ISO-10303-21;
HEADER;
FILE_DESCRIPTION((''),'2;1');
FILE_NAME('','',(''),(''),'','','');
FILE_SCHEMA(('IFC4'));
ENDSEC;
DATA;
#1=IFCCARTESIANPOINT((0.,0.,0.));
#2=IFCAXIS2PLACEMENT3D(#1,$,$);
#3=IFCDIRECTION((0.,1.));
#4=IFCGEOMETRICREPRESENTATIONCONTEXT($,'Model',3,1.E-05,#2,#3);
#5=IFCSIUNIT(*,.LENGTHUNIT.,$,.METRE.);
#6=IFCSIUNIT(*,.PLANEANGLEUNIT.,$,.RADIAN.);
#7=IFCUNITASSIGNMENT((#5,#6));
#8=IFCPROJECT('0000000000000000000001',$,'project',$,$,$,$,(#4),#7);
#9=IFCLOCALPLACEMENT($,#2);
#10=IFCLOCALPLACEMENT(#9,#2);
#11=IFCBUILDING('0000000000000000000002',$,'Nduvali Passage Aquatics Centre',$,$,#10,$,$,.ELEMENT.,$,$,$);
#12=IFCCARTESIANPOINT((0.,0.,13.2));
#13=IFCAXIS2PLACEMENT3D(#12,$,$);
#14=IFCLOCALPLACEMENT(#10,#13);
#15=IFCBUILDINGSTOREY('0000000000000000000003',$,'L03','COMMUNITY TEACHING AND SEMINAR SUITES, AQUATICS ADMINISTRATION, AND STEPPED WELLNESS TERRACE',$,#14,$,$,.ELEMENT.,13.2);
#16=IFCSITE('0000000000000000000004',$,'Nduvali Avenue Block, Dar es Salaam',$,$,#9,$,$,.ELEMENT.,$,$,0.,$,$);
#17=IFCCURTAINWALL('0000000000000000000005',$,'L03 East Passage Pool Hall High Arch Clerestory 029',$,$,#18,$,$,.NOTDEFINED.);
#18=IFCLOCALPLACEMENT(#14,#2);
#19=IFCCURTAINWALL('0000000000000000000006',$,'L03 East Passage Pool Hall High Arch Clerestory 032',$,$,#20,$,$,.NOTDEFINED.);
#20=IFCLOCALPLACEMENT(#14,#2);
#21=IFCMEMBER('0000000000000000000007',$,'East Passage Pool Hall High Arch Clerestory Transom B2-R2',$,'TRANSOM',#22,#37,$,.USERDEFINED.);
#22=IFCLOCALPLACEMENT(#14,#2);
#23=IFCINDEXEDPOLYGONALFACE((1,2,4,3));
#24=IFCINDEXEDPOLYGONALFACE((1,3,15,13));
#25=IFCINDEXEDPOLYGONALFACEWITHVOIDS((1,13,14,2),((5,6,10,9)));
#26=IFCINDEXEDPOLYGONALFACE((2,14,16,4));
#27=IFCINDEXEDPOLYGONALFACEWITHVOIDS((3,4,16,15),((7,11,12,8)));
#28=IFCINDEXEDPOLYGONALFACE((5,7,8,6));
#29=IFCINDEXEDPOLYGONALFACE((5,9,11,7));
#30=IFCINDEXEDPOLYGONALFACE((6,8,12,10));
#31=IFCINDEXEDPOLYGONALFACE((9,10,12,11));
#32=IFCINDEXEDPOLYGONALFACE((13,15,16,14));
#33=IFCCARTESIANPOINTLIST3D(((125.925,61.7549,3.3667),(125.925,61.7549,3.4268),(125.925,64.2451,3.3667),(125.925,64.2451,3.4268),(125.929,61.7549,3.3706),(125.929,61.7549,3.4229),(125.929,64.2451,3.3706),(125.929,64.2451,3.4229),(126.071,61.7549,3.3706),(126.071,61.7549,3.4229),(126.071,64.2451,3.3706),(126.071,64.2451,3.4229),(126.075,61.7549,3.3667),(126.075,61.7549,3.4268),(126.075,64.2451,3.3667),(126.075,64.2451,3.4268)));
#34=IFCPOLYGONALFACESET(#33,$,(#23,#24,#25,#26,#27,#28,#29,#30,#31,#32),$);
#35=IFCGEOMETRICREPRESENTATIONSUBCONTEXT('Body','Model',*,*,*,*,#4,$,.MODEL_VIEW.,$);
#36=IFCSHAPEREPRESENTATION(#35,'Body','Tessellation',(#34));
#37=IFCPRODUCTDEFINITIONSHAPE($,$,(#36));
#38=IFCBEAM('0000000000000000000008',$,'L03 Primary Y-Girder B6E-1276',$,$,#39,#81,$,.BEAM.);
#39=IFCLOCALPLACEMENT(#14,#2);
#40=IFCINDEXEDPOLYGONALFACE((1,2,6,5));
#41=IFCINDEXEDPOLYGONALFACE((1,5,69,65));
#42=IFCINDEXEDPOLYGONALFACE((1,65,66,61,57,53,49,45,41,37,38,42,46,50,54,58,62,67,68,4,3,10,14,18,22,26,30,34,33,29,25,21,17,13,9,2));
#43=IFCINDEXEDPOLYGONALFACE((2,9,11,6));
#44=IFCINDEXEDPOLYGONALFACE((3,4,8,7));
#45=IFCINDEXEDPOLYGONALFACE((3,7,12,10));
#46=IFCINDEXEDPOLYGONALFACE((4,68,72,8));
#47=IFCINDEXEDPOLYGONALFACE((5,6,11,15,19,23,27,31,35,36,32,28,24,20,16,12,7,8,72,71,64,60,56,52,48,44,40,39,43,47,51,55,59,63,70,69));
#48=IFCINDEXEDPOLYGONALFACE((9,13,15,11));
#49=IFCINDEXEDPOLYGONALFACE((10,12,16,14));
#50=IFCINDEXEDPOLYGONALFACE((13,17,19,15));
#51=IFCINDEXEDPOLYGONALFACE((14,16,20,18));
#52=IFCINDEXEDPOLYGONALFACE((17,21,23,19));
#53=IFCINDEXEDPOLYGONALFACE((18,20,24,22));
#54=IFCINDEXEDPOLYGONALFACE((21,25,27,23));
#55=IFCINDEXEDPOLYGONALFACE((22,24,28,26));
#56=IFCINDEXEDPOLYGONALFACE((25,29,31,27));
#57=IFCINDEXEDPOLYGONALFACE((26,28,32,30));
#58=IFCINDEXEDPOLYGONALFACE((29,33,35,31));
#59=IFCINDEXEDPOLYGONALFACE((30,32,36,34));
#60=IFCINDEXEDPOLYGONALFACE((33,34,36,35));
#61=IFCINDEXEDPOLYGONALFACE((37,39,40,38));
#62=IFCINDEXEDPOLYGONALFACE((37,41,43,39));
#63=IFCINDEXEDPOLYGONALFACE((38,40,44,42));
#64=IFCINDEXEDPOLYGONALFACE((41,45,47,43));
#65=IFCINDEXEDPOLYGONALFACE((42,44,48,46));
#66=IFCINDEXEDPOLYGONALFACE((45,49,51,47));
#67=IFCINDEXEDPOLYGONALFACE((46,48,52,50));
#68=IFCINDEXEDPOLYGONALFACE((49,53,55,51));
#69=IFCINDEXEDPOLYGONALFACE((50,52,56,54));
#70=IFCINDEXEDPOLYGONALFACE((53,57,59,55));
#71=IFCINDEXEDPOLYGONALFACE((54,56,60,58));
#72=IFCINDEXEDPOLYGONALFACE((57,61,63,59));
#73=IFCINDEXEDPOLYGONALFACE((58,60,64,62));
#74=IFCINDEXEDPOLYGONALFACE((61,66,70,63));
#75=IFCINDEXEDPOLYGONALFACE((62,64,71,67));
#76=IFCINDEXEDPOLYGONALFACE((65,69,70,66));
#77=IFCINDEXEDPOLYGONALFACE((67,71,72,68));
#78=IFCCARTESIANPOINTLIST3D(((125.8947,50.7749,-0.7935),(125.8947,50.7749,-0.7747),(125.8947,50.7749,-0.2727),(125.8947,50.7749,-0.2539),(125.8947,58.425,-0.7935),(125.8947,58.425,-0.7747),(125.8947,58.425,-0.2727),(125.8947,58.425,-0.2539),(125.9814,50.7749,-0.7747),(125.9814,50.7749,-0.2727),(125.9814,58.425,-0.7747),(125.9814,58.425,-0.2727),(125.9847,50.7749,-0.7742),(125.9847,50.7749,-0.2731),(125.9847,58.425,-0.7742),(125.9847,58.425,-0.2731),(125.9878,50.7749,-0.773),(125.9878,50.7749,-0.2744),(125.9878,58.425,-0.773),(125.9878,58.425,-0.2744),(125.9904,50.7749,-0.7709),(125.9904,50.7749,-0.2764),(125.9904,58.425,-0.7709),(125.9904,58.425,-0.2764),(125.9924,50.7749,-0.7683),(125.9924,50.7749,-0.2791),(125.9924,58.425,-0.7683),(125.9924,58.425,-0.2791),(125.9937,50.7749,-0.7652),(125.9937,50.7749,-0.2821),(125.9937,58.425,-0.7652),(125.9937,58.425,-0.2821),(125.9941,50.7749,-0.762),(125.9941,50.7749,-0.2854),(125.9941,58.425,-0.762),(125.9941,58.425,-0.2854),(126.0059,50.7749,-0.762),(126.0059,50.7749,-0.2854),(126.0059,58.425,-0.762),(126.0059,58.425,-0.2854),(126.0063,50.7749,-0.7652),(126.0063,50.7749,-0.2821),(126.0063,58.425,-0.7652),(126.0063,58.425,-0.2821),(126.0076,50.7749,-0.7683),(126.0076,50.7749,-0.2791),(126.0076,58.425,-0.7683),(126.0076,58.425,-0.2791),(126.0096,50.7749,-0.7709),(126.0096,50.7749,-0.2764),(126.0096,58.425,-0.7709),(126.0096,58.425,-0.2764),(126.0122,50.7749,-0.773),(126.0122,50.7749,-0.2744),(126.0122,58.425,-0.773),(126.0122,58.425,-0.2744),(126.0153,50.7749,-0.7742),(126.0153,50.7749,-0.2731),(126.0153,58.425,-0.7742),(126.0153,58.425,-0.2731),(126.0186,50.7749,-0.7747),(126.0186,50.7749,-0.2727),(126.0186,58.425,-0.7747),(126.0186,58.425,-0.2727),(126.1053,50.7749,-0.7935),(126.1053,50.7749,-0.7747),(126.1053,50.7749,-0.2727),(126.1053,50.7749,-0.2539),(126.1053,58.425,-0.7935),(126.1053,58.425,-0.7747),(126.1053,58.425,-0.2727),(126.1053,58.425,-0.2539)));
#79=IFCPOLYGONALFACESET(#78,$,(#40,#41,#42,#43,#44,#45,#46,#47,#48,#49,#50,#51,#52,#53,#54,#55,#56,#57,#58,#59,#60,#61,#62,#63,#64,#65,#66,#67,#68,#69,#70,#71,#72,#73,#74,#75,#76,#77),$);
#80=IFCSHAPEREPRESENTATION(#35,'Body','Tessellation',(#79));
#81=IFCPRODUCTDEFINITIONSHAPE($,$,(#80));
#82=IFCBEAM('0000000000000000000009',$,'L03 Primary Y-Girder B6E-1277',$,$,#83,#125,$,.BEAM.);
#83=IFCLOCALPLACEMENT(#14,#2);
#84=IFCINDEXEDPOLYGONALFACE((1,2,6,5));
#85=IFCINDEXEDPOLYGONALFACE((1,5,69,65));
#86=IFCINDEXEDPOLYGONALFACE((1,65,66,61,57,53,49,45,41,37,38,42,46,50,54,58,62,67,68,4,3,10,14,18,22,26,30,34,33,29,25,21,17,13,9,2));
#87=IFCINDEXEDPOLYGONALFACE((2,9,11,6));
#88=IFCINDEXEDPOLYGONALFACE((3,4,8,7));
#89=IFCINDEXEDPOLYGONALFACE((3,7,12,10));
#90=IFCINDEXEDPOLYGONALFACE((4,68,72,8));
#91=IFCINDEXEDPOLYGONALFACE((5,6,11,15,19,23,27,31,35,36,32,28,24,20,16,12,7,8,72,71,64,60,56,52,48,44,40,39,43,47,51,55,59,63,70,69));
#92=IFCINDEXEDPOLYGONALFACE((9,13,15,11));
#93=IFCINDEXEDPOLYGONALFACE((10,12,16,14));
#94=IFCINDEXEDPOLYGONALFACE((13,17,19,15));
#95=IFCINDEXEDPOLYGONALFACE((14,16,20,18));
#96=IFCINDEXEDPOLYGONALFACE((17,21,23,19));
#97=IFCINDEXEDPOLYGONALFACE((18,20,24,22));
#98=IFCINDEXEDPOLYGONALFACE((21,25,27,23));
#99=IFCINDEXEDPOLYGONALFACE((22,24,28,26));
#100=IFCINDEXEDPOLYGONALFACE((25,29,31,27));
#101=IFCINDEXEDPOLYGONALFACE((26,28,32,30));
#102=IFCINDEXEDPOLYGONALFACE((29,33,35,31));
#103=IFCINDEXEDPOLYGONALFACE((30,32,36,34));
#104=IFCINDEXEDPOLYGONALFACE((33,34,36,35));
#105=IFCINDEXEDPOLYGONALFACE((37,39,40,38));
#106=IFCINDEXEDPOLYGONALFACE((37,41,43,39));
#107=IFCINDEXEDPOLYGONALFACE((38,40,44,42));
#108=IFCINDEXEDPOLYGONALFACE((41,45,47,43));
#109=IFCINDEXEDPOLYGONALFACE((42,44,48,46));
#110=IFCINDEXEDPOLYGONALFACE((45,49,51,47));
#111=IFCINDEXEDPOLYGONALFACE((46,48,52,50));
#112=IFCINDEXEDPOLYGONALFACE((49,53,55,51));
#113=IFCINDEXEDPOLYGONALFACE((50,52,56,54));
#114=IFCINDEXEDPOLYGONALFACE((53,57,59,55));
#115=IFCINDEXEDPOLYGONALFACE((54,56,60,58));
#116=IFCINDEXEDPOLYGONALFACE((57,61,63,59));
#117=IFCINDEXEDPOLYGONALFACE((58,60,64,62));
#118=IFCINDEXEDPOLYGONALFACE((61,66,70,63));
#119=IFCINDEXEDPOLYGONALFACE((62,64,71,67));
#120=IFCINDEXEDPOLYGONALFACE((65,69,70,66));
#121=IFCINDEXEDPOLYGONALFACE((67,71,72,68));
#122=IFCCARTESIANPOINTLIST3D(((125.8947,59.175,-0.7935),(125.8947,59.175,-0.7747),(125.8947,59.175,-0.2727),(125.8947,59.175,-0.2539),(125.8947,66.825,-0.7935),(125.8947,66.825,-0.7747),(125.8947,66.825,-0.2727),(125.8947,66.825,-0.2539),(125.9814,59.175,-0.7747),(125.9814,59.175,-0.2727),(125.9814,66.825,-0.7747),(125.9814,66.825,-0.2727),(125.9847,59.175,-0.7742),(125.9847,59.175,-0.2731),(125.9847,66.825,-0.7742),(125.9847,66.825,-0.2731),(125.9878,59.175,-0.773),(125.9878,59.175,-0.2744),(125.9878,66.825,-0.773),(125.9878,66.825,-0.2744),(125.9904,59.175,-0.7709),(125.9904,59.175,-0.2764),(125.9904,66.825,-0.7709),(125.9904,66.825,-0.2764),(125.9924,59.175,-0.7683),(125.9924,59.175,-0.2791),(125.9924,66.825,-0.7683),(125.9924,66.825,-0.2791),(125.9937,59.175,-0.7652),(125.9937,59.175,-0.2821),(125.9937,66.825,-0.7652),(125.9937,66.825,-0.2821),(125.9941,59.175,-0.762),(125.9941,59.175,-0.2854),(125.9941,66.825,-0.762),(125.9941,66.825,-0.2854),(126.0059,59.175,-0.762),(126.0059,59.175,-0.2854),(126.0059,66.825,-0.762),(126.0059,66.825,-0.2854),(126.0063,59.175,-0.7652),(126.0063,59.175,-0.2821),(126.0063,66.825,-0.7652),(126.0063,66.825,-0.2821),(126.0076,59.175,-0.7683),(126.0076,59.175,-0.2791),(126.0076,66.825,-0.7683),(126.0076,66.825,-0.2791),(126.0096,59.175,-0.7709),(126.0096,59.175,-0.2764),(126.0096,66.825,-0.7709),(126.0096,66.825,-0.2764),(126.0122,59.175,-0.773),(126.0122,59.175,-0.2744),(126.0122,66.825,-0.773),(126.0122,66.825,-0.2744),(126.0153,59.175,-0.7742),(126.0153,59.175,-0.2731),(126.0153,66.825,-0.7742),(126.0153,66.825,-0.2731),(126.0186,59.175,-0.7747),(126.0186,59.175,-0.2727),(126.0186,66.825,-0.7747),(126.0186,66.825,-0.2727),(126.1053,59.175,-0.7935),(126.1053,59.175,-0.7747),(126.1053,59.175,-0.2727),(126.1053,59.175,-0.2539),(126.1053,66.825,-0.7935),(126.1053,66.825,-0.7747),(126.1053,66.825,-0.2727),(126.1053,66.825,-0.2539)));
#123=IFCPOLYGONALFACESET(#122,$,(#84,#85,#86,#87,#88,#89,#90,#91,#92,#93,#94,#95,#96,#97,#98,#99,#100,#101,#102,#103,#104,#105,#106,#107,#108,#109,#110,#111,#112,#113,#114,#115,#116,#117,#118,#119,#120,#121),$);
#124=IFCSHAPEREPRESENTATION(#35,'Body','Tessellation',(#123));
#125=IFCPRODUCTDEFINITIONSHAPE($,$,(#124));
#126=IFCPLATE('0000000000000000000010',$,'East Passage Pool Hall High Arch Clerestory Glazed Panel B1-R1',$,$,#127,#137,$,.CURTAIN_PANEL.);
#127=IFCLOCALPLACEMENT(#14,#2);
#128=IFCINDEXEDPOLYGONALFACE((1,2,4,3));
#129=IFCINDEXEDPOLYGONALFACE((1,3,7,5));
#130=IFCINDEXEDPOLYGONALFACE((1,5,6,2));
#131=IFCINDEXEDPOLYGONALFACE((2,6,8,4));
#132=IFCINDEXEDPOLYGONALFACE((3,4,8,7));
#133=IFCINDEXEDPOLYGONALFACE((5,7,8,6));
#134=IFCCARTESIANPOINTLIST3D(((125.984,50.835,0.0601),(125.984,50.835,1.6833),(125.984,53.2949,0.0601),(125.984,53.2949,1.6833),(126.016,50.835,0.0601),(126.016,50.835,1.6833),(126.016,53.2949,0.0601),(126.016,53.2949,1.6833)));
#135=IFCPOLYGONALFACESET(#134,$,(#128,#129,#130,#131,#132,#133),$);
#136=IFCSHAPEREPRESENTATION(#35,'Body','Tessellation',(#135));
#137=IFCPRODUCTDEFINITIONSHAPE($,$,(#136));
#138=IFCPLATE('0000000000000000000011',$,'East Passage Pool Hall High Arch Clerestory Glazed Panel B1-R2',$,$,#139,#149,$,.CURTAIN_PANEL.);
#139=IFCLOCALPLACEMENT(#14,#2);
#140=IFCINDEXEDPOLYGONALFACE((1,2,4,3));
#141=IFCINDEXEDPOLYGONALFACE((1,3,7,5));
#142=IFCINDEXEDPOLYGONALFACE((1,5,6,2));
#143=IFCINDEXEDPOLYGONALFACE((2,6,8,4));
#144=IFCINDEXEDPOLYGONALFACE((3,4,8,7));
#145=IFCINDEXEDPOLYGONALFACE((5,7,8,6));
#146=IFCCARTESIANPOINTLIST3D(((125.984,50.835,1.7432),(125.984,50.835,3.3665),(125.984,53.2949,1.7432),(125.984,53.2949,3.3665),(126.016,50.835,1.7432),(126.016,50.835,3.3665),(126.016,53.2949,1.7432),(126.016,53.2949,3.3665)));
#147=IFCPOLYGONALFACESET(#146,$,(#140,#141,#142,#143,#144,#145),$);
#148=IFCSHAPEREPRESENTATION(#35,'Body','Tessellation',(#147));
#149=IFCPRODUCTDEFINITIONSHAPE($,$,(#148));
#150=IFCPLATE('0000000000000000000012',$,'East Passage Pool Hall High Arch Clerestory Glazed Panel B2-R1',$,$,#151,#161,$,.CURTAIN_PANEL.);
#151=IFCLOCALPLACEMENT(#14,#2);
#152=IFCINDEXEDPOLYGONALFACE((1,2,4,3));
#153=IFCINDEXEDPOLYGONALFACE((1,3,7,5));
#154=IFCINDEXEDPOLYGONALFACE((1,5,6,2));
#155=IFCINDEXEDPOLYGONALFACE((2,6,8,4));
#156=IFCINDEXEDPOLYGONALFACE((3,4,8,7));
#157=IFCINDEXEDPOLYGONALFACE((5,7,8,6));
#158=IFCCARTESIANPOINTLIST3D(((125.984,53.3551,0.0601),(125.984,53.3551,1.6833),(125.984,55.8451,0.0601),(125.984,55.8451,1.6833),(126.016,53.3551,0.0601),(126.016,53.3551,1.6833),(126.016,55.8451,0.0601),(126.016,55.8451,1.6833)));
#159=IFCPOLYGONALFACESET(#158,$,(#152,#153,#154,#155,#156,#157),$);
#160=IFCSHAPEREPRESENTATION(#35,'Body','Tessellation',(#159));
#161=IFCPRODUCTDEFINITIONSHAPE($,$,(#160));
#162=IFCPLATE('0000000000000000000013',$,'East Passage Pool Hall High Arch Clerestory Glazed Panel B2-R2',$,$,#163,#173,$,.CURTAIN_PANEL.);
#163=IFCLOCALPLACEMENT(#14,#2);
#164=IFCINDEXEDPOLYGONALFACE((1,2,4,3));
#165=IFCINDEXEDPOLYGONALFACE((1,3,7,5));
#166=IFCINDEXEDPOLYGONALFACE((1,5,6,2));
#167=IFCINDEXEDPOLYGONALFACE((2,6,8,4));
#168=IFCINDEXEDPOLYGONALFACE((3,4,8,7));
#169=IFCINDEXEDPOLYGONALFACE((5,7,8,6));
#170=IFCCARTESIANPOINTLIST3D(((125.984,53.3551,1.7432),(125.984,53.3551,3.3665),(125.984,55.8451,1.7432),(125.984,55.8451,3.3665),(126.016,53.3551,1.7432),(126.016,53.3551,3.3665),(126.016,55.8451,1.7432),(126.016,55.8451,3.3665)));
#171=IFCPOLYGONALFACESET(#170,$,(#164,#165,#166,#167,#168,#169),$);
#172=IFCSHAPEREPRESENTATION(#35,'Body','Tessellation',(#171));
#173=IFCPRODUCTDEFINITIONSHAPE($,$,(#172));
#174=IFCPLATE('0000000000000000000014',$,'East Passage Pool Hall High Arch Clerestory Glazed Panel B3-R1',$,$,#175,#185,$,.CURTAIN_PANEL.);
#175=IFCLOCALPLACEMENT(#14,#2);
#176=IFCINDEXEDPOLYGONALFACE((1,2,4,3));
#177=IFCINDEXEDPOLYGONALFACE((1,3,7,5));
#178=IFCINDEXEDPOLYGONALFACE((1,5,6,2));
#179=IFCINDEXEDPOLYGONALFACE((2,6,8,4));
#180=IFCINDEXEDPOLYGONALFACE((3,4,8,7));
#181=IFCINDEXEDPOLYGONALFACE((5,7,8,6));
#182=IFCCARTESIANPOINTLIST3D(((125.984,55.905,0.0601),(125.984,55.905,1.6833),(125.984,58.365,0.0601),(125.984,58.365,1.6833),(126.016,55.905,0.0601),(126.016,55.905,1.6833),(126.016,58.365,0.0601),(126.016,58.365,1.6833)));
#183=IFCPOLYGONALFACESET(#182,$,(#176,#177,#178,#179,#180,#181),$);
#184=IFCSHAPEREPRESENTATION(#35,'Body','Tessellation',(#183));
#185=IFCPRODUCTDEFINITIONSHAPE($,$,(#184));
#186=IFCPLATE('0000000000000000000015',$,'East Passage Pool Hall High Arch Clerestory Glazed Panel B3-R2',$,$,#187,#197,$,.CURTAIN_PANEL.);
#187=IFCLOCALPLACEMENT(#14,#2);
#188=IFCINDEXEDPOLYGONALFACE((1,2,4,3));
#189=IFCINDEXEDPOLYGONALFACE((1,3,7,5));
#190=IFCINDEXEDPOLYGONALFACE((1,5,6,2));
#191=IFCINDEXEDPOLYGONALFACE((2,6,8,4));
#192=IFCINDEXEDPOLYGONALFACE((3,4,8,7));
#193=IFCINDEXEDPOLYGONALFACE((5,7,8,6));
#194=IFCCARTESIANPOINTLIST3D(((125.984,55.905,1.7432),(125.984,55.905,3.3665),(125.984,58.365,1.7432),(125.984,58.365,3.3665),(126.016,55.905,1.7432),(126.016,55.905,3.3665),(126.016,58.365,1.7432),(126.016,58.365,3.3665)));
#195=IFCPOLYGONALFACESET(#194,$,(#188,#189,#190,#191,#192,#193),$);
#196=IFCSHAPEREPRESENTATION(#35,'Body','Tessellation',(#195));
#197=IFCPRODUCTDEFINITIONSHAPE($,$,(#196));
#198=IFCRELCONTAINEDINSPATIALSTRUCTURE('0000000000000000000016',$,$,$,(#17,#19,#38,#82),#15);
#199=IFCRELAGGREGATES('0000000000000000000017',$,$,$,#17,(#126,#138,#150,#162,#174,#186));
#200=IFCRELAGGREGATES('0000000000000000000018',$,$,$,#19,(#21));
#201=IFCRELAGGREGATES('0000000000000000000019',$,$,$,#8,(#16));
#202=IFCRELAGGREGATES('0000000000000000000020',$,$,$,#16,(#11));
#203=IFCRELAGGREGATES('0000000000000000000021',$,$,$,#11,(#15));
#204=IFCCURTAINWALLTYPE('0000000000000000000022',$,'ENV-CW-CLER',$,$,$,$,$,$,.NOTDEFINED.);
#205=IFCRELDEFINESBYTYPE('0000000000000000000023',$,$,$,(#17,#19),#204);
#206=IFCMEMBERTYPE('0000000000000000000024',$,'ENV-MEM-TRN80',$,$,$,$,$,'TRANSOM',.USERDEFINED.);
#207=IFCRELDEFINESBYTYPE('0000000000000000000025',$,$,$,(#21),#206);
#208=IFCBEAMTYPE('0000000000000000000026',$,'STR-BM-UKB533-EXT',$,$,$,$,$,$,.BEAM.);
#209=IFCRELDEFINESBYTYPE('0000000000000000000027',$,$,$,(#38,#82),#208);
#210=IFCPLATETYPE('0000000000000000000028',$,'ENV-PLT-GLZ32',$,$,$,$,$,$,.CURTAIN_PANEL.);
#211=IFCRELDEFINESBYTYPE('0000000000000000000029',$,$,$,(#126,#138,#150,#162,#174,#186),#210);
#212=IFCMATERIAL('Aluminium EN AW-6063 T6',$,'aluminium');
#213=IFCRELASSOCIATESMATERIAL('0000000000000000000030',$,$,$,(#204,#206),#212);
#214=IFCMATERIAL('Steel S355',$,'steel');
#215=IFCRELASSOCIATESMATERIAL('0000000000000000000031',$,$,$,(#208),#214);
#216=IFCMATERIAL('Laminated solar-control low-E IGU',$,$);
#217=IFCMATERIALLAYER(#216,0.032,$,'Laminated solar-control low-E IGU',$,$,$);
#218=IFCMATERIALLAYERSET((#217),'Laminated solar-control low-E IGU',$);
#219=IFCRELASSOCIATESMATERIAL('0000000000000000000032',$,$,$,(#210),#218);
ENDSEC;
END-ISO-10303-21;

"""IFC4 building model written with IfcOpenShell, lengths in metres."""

from ifc_helpers import new_model, si_unit, direction, frame, origin, origin_2d, place, context, subcontext, project, spatial, rectangle, hollow_rectangle, i_section, extrude, material, layer, layer_set, material_profile, profile_set, type_object, element, aggregate, save


model = new_model("IFC4")

# Units and contexts
model_context = context("Model", 3, precision=1e-05, world=origin(), true_north=direction((0.0, 1.0)))
body_context = subcontext(model_context, "Body", "Model", "MODEL_VIEW")
ifc_project = project(units=[si_unit("LENGTHUNIT", "METRE"), si_unit("PLANEANGLEUNIT", "RADIAN")], contexts=[model_context])

# Site, building, storey
site_placement = place(None, origin())
site = spatial("IfcSite", under=ifc_project, at=site_placement, Name="Nduvali Avenue Block, Dar es Salaam", CompositionType="ELEMENT", RefElevation=0.0)
building_placement = place(site_placement, origin())
building = spatial("IfcBuilding", under=site, at=building_placement, Name="Nduvali Passage Aquatics Centre", CompositionType="ELEMENT")
storey_placement = place(building_placement, frame((0.0, 0.0, 13.2)))
storey = spatial("IfcBuildingStorey", under=building, at=storey_placement, Name="L03", Description="COMMUNITY TEACHING AND SEMINAR SUITES, AQUATICS ADMINISTRATION, AND STEPPED WELLNESS TERRACE", CompositionType="ELEMENT", Elevation=13.2)

# Curtain walls
ifc_material_1 = material(Name="Aluminium EN AW-6063 T6", Category="aluminium")
curtain_wall_type = type_object("IfcCurtainWallType", Name="ENV-CW-CLER", PredefinedType="NOTDEFINED", material=ifc_material_1)
curtain_wall_1_placement = place(storey_placement, origin())
curtain_wall_1 = element("IfcCurtainWall", 1, at=curtain_wall_1_placement, inside=storey, type_object=curtain_wall_type, Name="L03 East Passage Pool Hall High Arch Clerestory 029", PredefinedType="NOTDEFINED")
curtain_wall_2_placement = place(storey_placement, origin())
curtain_wall_2 = element("IfcCurtainWall", 2, at=curtain_wall_2_placement, inside=storey, type_object=curtain_wall_type, Name="L03 East Passage Pool Hall High Arch Clerestory 032", PredefinedType="NOTDEFINED")

# Member
ifc_material_profile_1 = material_profile(ifc_material_1, hollow_rectangle(XDim=0.1499, YDim=0.0601, WallThickness=0.0039, at=origin_2d()), Name="ALU TRANSOM 150x60x4")
ifc_profile_set_1 = profile_set([ifc_material_profile_1], Name="Aluminium EN AW-6063 T6")
member_type_1 = type_object("IfcMemberType", Name="ENV-MEM-TRN80", ElementType="TRANSOM", PredefinedType="USERDEFINED", material=ifc_profile_set_1)
member_1_placement = place(storey_placement, frame((126.0, 61.7549, 3.3967), z_axis=(0.0, 1.0, 0.0), x_axis=(-1.0, 0.0, 0.0)))
member_1 = element("IfcMember", 3, at=member_1_placement, type_object=member_type_1, Name="East Passage Pool Hall High Arch Clerestory Transom B2-R2", ObjectType="TRANSOM", PredefinedType="USERDEFINED", context=body_context, shape_type="SweptSolid", body=[
    extrude(hollow_rectangle(XDim=0.1499, YDim=0.0601, WallThickness=0.0039, at=origin_2d()), origin(), (0.0, 0.0, 1.0), 2.4902),
])

# Beams
ifc_material_2 = material(Name="Steel S355", Category="steel")
ifc_material_profile_2 = material_profile(ifc_material_2, i_section(OverallWidth=0.2107, OverallDepth=0.5396, WebThickness=0.0117, FlangeThickness=0.0188, FilletRadius=0.0127, at=origin_2d()), Name="UKB 533x210x109")
ifc_profile_set_2 = profile_set([ifc_material_profile_2], Name="Steel S355")
beam_type = type_object("IfcBeamType", Name="STR-BM-UKB533-EXT", PredefinedType="BEAM", material=ifc_profile_set_2)
beam_1_placement = place(storey_placement, frame((126.0, 50.7749, -0.5237), z_axis=(0.0, 1.0, 0.0), x_axis=(-1.0, 0.0, 0.0)))
element("IfcBeam", 4, at=beam_1_placement, inside=storey, type_object=beam_type, Name="L03 Primary Y-Girder B6E-1276", PredefinedType="BEAM", context=body_context, shape_type="SweptSolid", body=[
    extrude(i_section(OverallWidth=0.2107, OverallDepth=0.5396, WebThickness=0.0117, FlangeThickness=0.0188, FilletRadius=0.0127, at=origin_2d()), origin(), (0.0, 0.0, 1.0), 7.6501),
])
beam_2_placement = place(storey_placement, frame((126.0, 59.175, -0.5237), z_axis=(0.0, 1.0, 0.0), x_axis=(-1.0, 0.0, 0.0)))
element("IfcBeam", 5, at=beam_2_placement, inside=storey, type_object=beam_type, Name="L03 Primary Y-Girder B6E-1277", PredefinedType="BEAM", context=body_context, shape_type="SweptSolid", body=[
    extrude(i_section(OverallWidth=0.2107, OverallDepth=0.5396, WebThickness=0.0117, FlangeThickness=0.0188, FilletRadius=0.0127, at=origin_2d()), origin(), (0.0, 0.0, 1.0), 7.6499),
])

# Plates
ifc_material_3 = material(Name="Laminated solar-control low-E IGU")
ifc_layer = layer(ifc_material_3, 0.032, Name="Laminated solar-control low-E IGU")
ifc_layer_set = layer_set([ifc_layer], Name="Laminated solar-control low-E IGU")
plate_type = type_object("IfcPlateType", Name="ENV-PLT-GLZ32", PredefinedType="CURTAIN_PANEL", material=ifc_layer_set)
plate_1_placement = place(storey_placement, frame((126.0, 52.0649, 0.0601), z_axis=(0.0, 0.0, 1.0), x_axis=(0.0, 1.0, 0.0)))
plate_1 = element("IfcPlate", 6, at=plate_1_placement, type_object=plate_type, Name="East Passage Pool Hall High Arch Clerestory Glazed Panel B1-R1", PredefinedType="CURTAIN_PANEL", context=body_context, shape_type="SweptSolid", body=[
    extrude(rectangle(XDim=2.46, YDim=0.032, at=origin_2d()), origin(), (0.0, 0.0, 1.0), 1.6233),
])
plate_2_placement = place(storey_placement, frame((126.0, 52.0649, 1.7432), z_axis=(0.0, 0.0, 1.0), x_axis=(0.0, 1.0, 0.0)))
plate_2 = element("IfcPlate", 7, at=plate_2_placement, type_object=plate_type, Name="East Passage Pool Hall High Arch Clerestory Glazed Panel B1-R2", PredefinedType="CURTAIN_PANEL", context=body_context, shape_type="SweptSolid", body=[
    extrude(rectangle(XDim=2.46, YDim=0.032, at=origin_2d()), origin(), (0.0, 0.0, 1.0), 1.6233),
])
plate_3_placement = place(storey_placement, frame((126.0, 54.6001, 0.0601), z_axis=(0.0, 0.0, 1.0), x_axis=(0.0, 1.0, 0.0)))
plate_3 = element("IfcPlate", 8, at=plate_3_placement, type_object=plate_type, Name="East Passage Pool Hall High Arch Clerestory Glazed Panel B2-R1", PredefinedType="CURTAIN_PANEL", context=body_context, shape_type="SweptSolid", body=[
    extrude(rectangle(XDim=2.49, YDim=0.032, at=origin_2d()), origin(), (0.0, 0.0, 1.0), 1.6233),
])
plate_4_placement = place(storey_placement, frame((126.0, 54.6001, 1.7432), z_axis=(0.0, 0.0, 1.0), x_axis=(0.0, 1.0, 0.0)))
plate_4 = element("IfcPlate", 9, at=plate_4_placement, type_object=plate_type, Name="East Passage Pool Hall High Arch Clerestory Glazed Panel B2-R2", PredefinedType="CURTAIN_PANEL", context=body_context, shape_type="SweptSolid", body=[
    extrude(rectangle(XDim=2.49, YDim=0.032, at=origin_2d()), origin(), (0.0, 0.0, 1.0), 1.6233),
])
plate_5_placement = place(storey_placement, frame((126.0, 57.135, 0.0601), z_axis=(0.0, 0.0, 1.0), x_axis=(0.0, 1.0, 0.0)))
plate_5 = element("IfcPlate", 10, at=plate_5_placement, type_object=plate_type, Name="East Passage Pool Hall High Arch Clerestory Glazed Panel B3-R1", PredefinedType="CURTAIN_PANEL", context=body_context, shape_type="SweptSolid", body=[
    extrude(rectangle(XDim=2.46, YDim=0.032, at=origin_2d()), origin(), (0.0, 0.0, 1.0), 1.6233),
])
plate_6_placement = place(storey_placement, frame((126.0, 57.135, 1.7432), z_axis=(0.0, 0.0, 1.0), x_axis=(0.0, 1.0, 0.0)))
plate_6 = element("IfcPlate", 11, at=plate_6_placement, type_object=plate_type, Name="East Passage Pool Hall High Arch Clerestory Glazed Panel B3-R2", PredefinedType="CURTAIN_PANEL", context=body_context, shape_type="SweptSolid", body=[
    extrude(rectangle(XDim=2.46, YDim=0.032, at=origin_2d()), origin(), (0.0, 0.0, 1.0), 1.6233),
])
aggregate(curtain_wall_1, [plate_1, plate_2, plate_3, plate_4, plate_5, plate_6])
aggregate(curtain_wall_2, [member_1])

save(model, "model.ifc")
